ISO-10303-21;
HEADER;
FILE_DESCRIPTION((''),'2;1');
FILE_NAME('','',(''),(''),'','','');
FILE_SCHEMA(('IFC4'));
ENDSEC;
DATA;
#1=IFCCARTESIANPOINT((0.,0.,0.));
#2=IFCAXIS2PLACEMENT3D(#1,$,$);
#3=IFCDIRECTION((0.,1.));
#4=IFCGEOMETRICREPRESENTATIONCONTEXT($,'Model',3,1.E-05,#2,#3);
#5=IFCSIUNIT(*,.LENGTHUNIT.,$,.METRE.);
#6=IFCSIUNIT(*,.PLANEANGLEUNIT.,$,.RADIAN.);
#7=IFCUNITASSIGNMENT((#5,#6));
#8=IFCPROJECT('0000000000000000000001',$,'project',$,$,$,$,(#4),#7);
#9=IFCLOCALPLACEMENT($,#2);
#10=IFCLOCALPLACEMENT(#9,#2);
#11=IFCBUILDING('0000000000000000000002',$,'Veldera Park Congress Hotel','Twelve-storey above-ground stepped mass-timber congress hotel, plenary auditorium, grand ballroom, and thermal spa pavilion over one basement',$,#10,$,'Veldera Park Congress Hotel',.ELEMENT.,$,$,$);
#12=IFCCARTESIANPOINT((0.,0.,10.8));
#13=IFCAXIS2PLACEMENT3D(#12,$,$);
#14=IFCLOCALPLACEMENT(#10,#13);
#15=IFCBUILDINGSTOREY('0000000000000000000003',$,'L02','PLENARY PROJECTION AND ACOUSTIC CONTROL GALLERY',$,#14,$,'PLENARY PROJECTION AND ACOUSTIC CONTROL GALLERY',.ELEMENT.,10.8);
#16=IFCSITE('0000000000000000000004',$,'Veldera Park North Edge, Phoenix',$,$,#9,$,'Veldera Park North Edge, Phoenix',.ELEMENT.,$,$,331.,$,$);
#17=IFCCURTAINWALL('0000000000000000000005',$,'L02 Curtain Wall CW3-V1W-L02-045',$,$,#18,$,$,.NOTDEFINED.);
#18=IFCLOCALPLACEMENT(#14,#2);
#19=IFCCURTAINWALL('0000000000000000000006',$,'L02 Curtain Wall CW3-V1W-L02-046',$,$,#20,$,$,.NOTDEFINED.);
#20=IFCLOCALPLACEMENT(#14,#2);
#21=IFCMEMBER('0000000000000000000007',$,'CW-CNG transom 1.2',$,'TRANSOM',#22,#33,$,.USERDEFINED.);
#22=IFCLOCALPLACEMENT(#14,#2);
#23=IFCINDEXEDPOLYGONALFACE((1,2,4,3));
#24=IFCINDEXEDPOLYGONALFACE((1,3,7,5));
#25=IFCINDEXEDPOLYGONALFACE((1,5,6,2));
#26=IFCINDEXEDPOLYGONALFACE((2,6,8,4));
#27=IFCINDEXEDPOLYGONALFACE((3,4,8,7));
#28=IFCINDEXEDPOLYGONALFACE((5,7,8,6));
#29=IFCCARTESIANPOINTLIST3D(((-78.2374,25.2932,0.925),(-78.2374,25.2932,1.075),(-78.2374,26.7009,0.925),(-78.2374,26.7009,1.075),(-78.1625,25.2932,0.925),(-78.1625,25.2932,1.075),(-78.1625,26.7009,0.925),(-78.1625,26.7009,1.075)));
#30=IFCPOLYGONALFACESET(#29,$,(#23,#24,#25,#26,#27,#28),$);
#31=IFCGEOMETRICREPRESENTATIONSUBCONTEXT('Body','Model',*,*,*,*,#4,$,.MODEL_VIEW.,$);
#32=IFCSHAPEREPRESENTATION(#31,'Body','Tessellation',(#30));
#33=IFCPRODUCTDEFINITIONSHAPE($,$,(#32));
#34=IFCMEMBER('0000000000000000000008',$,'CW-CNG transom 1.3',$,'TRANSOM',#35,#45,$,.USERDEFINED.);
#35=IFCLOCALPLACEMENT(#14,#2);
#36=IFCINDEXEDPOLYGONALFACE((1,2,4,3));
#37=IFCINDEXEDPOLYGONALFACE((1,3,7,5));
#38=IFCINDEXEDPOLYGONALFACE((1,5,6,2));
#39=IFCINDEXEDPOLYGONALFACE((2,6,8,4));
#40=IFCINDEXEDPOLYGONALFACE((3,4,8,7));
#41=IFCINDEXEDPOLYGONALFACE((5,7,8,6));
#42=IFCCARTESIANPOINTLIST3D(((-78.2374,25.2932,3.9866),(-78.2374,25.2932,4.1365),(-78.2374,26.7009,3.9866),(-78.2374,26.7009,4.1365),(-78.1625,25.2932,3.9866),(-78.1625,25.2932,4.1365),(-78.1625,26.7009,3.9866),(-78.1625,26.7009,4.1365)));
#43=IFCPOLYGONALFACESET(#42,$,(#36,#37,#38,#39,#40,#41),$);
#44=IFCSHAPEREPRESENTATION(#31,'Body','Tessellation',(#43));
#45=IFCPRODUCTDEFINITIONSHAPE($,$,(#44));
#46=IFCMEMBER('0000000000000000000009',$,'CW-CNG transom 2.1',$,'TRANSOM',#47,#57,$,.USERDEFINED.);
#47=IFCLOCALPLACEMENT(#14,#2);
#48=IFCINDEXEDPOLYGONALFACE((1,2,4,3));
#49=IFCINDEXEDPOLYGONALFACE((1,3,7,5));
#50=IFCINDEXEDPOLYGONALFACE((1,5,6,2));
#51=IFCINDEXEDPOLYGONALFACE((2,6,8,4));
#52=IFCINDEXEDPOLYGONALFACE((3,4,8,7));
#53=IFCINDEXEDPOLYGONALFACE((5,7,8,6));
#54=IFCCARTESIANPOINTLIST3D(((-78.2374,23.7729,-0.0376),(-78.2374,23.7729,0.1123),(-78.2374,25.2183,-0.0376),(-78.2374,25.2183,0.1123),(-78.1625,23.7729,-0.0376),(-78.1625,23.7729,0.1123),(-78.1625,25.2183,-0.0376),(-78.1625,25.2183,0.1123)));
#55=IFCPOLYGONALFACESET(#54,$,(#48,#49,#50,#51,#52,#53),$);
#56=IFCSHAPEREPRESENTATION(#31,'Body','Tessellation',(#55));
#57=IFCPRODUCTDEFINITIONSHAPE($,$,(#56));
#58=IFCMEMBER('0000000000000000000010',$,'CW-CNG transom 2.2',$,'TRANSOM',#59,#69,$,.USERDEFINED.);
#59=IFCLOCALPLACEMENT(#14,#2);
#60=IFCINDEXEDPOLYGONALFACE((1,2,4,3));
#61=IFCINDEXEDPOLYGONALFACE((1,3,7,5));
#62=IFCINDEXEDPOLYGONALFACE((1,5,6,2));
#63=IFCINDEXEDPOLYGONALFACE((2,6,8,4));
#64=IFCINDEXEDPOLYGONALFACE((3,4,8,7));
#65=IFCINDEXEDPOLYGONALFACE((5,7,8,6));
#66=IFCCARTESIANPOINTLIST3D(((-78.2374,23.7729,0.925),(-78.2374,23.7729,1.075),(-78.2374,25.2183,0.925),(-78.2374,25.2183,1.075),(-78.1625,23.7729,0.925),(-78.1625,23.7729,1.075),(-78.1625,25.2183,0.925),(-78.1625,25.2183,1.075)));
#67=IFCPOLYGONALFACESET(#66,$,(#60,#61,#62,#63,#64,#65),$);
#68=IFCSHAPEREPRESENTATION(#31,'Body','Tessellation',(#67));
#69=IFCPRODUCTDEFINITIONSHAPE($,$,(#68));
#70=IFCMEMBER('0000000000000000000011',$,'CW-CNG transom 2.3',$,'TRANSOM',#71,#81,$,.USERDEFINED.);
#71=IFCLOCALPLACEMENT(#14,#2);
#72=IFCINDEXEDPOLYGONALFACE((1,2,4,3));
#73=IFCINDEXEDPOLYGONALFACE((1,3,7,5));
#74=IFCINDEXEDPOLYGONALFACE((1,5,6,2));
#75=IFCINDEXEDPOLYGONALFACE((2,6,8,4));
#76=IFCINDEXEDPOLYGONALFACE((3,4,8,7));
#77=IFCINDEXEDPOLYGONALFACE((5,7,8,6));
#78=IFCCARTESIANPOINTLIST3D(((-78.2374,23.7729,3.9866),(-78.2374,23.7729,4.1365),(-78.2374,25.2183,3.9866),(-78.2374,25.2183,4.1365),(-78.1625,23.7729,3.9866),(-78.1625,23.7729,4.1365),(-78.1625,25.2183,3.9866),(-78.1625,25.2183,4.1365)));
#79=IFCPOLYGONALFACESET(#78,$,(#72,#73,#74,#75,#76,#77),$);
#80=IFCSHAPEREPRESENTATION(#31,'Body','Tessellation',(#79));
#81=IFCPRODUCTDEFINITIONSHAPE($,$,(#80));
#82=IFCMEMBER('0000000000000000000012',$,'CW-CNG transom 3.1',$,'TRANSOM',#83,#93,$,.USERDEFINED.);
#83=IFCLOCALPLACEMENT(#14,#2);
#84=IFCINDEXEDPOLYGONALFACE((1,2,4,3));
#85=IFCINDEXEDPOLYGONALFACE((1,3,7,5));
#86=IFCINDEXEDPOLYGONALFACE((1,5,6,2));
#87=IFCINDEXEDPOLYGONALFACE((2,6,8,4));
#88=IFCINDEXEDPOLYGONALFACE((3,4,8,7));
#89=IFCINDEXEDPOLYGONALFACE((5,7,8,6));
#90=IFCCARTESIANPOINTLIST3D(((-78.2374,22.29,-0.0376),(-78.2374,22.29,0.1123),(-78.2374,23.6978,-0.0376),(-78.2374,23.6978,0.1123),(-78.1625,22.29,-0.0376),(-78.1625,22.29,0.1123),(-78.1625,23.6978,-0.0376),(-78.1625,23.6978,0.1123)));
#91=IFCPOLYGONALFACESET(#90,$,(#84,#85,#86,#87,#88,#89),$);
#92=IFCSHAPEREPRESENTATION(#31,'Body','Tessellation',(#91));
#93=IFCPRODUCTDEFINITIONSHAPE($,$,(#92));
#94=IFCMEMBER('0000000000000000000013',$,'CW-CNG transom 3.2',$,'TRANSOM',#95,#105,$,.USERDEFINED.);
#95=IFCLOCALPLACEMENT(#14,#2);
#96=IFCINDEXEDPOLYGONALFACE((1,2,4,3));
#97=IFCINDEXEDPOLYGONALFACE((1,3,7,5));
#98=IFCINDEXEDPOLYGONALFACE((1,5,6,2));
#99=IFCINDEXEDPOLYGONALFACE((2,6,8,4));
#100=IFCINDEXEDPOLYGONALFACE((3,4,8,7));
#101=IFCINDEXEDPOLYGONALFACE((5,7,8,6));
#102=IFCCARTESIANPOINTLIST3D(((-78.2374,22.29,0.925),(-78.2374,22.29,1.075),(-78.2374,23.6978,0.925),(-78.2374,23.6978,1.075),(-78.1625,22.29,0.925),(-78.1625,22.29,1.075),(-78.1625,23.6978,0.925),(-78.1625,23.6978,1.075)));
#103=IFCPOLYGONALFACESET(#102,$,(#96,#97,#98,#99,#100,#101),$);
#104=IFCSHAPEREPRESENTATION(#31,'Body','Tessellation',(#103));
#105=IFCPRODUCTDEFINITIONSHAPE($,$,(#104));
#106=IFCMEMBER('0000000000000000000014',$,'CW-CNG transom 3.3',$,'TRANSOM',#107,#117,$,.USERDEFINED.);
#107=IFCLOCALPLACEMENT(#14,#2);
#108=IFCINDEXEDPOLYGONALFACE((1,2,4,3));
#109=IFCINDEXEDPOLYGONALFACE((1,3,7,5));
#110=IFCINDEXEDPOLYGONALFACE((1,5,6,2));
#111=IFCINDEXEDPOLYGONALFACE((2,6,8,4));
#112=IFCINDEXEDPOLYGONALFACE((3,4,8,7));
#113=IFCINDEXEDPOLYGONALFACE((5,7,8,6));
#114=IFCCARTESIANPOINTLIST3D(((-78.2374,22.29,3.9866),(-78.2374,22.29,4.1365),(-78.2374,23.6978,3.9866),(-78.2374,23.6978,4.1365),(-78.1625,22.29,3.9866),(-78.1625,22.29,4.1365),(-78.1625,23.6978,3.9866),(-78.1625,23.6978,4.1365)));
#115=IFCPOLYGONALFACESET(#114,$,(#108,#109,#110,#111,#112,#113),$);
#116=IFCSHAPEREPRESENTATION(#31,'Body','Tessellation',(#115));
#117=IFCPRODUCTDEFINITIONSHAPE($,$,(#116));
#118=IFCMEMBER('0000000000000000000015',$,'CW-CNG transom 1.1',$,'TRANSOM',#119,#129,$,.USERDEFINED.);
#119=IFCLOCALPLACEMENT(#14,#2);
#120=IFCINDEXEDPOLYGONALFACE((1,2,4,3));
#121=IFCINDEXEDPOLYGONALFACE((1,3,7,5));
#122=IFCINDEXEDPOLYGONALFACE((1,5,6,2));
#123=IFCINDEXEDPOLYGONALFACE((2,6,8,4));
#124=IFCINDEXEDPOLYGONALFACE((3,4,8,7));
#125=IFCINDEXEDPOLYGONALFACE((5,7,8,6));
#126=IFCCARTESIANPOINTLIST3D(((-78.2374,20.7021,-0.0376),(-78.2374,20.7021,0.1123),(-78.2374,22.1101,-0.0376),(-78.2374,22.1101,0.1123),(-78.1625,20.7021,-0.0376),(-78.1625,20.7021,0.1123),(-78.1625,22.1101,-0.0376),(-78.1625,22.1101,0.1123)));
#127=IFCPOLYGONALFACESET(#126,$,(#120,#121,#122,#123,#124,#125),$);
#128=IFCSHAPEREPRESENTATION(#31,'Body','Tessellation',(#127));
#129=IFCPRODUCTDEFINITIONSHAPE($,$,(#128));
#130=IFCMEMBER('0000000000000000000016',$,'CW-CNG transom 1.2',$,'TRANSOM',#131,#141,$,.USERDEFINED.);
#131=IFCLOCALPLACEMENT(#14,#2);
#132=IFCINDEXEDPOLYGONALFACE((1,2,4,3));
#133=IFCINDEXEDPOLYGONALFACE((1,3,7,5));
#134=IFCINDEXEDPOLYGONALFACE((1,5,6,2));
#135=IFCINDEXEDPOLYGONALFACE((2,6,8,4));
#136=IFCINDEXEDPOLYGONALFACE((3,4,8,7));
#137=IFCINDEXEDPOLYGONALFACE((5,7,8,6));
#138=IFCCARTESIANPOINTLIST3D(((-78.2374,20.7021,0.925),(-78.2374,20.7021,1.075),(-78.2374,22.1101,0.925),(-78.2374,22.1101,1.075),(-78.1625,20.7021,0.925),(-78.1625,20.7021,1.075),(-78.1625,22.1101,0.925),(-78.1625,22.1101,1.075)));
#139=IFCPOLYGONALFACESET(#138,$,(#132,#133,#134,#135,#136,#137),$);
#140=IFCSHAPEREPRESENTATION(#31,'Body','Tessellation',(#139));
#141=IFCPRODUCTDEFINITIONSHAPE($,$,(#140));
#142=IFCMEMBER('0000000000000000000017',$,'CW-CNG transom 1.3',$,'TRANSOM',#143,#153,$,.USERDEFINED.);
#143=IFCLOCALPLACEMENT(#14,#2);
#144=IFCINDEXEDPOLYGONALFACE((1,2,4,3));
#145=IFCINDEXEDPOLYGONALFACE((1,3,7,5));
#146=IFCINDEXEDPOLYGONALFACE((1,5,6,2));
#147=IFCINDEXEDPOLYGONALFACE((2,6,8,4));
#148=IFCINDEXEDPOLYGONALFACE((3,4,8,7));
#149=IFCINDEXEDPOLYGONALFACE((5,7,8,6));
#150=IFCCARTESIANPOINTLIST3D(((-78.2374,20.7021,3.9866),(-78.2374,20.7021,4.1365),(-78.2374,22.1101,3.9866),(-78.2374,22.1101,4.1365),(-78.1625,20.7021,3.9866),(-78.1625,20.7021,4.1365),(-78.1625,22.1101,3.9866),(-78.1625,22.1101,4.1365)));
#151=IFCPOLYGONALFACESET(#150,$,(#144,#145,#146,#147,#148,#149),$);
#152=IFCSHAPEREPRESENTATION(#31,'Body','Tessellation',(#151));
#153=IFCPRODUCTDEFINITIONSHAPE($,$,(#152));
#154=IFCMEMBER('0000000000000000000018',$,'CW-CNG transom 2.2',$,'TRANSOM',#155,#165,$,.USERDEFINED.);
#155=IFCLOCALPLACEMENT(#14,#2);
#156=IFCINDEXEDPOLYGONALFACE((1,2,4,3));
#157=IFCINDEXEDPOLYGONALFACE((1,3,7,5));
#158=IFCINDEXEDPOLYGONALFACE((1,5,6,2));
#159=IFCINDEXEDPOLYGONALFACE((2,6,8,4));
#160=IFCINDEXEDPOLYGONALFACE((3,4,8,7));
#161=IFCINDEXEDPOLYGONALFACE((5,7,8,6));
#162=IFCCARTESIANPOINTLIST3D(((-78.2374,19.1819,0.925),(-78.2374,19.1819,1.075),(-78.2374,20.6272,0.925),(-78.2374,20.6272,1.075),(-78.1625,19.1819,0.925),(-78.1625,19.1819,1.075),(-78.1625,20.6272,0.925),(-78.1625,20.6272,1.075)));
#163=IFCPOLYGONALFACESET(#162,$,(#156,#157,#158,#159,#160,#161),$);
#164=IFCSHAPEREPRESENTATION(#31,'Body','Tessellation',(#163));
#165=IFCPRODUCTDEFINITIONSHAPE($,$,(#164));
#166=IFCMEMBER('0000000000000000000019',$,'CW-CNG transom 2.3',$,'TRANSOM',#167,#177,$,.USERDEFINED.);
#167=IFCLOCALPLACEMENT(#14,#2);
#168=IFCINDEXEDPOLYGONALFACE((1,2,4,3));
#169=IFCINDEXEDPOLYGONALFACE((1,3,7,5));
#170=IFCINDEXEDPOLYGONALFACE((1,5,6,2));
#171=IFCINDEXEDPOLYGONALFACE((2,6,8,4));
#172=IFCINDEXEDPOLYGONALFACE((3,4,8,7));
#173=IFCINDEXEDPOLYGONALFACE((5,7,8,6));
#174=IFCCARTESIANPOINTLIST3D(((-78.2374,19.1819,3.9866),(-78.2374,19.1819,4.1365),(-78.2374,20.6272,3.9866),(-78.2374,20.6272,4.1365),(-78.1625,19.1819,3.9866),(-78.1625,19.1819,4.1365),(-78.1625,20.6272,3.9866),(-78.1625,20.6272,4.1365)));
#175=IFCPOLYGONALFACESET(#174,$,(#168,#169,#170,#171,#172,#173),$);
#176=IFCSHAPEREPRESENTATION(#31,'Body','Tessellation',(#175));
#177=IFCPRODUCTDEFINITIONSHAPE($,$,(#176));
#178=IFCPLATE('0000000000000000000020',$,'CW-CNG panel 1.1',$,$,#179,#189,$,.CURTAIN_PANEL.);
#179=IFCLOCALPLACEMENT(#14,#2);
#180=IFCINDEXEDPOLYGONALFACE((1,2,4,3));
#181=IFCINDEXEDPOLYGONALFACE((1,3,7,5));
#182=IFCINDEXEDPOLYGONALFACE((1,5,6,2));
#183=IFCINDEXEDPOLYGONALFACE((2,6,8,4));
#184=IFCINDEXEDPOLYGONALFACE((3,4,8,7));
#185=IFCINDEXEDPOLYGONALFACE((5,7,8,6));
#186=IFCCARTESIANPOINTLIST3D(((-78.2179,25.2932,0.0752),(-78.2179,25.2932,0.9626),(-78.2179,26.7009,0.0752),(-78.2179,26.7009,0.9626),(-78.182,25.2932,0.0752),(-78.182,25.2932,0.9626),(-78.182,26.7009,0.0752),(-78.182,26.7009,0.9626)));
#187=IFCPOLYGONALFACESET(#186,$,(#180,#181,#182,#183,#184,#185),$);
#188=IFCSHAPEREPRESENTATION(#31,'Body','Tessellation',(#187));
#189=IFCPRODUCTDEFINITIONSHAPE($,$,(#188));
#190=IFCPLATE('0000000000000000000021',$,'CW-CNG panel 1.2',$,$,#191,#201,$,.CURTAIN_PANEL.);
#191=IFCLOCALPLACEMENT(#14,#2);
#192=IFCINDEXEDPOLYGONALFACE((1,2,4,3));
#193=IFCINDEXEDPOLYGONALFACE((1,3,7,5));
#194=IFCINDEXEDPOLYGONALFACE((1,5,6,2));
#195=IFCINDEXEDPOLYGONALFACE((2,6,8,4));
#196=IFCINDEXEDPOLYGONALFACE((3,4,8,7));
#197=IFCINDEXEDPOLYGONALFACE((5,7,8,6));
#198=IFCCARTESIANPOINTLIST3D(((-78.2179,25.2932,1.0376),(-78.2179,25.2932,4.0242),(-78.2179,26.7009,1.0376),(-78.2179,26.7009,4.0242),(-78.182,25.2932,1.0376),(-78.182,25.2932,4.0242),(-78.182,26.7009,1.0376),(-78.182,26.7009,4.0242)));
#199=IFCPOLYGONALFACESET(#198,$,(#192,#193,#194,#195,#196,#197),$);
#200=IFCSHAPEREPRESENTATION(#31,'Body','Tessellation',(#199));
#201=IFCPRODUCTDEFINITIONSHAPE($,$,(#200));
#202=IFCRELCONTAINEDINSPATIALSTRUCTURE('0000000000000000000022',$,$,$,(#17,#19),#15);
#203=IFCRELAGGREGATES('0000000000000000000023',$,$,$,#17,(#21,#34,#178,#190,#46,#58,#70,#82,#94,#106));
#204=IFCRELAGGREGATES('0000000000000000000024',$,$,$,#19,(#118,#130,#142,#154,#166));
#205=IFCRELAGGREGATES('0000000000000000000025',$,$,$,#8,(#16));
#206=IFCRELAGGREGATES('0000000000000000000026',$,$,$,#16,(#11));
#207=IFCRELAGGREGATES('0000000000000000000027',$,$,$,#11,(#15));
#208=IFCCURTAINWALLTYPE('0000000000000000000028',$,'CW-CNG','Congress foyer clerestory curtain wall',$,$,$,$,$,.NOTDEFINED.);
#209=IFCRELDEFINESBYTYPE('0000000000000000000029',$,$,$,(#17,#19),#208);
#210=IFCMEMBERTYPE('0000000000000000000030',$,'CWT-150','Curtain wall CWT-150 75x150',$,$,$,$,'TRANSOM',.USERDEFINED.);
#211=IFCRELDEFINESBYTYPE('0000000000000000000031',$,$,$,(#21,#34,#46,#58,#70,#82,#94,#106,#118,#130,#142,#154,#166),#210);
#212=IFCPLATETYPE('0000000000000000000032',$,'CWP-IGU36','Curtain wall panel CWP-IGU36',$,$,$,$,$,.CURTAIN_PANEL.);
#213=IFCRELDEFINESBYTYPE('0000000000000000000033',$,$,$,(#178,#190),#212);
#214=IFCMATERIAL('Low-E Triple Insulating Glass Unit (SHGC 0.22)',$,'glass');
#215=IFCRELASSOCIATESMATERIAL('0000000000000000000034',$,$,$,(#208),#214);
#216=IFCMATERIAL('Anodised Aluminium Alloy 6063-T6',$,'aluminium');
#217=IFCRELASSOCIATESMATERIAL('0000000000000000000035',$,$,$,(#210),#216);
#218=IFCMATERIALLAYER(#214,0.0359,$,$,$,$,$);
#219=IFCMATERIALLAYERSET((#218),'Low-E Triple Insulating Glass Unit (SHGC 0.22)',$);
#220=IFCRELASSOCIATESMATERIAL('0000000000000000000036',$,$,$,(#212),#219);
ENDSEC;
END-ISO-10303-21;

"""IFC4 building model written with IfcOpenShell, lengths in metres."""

from ifc_helpers import new_model, si_unit, direction, frame, origin, origin_2d, place, context, subcontext, project, spatial, rectangle, extrude, material, layer, layer_set, material_profile, profile_set, type_object, element, aggregate, save


model = new_model("IFC4")

# Units and contexts
model_context = context("Model", 3, precision=1e-05, world=origin(), true_north=direction((0.0, 1.0)))
body_context = subcontext(model_context, "Body", "Model", "MODEL_VIEW")
ifc_project = project(units=[si_unit("LENGTHUNIT", "METRE"), si_unit("PLANEANGLEUNIT", "RADIAN")], contexts=[model_context])

# Site, building, storey
site_placement = place(None, origin())
site = spatial("IfcSite", under=ifc_project, at=site_placement, Name="Veldera Park North Edge, Phoenix", LongName="Veldera Park North Edge, Phoenix", CompositionType="ELEMENT", RefElevation=331.0)
building_placement = place(site_placement, origin())
building = spatial("IfcBuilding", under=site, at=building_placement, Name="Veldera Park Congress Hotel", Description="Twelve-storey above-ground stepped mass-timber congress hotel, plenary auditorium, grand ballroom, and thermal spa pavilion over one basement", LongName="Veldera Park Congress Hotel", CompositionType="ELEMENT")
storey_placement = place(building_placement, frame((0.0, 0.0, 10.8)))
storey = spatial("IfcBuildingStorey", under=building, at=storey_placement, Name="L02", Description="PLENARY PROJECTION AND ACOUSTIC CONTROL GALLERY", LongName="PLENARY PROJECTION AND ACOUSTIC CONTROL GALLERY", CompositionType="ELEMENT", Elevation=10.8)

# Curtain walls
ifc_material_1 = material(Name="Low-E Triple Insulating Glass Unit (SHGC 0.22)", Category="glass")
curtain_wall_type = type_object("IfcCurtainWallType", Name="CW-CNG", Description="Congress foyer clerestory curtain wall", PredefinedType="NOTDEFINED", material=ifc_material_1)
curtain_wall_1_placement = place(storey_placement, origin())
curtain_wall_1 = element("IfcCurtainWall", 1, at=curtain_wall_1_placement, inside=storey, type_object=curtain_wall_type, Name="L02 Curtain Wall CW3-V1W-L02-045", PredefinedType="NOTDEFINED")
ifc_material_2 = material(Name="Anodised Aluminium Alloy 6063-T6", Category="aluminium")
curtain_wall_2_placement = place(storey_placement, origin())
curtain_wall_2 = element("IfcCurtainWall", 2, at=curtain_wall_2_placement, inside=storey, type_object=curtain_wall_type, Name="L02 Curtain Wall CW3-V1W-L02-046", PredefinedType="NOTDEFINED")

# Members
ifc_material_profile_1 = material_profile(ifc_material_2, rectangle(XDim=0.075, YDim=0.1499, at=origin_2d()), Name="ALU 75x150")
ifc_profile_set_1 = profile_set([ifc_material_profile_1], Name="Anodised Aluminium Alloy 6063-T6")
member_type_1 = type_object("IfcMemberType", Name="CWT-150", Description="Curtain wall CWT-150 75x150", ElementType="TRANSOM", PredefinedType="USERDEFINED", material=ifc_profile_set_1)
member_1_placement = place(storey_placement, frame((-78.2, 26.7009, 1.0), z_axis=(0.0, -1.0, 0.0), x_axis=(1.0, 0.0, 0.0)))
member_1 = element("IfcMember", 3, at=member_1_placement, type_object=member_type_1, Name="CW-CNG transom 1.2", ObjectType="TRANSOM", PredefinedType="USERDEFINED", context=body_context, shape_type="SweptSolid", body=[
    extrude(rectangle(XDim=0.075, YDim=0.1499, at=origin_2d()), origin(), (0.0, 0.0, 1.0), 1.4077),
])
member_2_placement = place(storey_placement, frame((-78.2, 26.7009, 4.0615), z_axis=(0.0, -1.0, 0.0), x_axis=(1.0, 0.0, 0.0)))
member_2 = element("IfcMember", 4, at=member_2_placement, type_object=member_type_1, Name="CW-CNG transom 1.3", ObjectType="TRANSOM", PredefinedType="USERDEFINED", context=body_context, shape_type="SweptSolid", body=[
    extrude(rectangle(XDim=0.075, YDim=0.1499, at=origin_2d()), origin(), (0.0, 0.0, 1.0), 1.4077),
])
member_3_placement = place(storey_placement, frame((-78.2, 25.2183, 0.0374), z_axis=(0.0, -1.0, 0.0), x_axis=(1.0, 0.0, 0.0)))
member_3 = element("IfcMember", 5, at=member_3_placement, type_object=member_type_1, Name="CW-CNG transom 2.1", ObjectType="TRANSOM", PredefinedType="USERDEFINED", context=body_context, shape_type="SweptSolid", body=[
    extrude(rectangle(XDim=0.075, YDim=0.1499, at=origin_2d()), origin(), (0.0, 0.0, 1.0), 1.4453),
])
member_4_placement = place(storey_placement, frame((-78.2, 25.2183, 1.0), z_axis=(0.0, -1.0, 0.0), x_axis=(1.0, 0.0, 0.0)))
member_4 = element("IfcMember", 6, at=member_4_placement, type_object=member_type_1, Name="CW-CNG transom 2.2", ObjectType="TRANSOM", PredefinedType="USERDEFINED", context=body_context, shape_type="SweptSolid", body=[
    extrude(rectangle(XDim=0.075, YDim=0.1499, at=origin_2d()), origin(), (0.0, 0.0, 1.0), 1.4453),
])
member_5_placement = place(storey_placement, frame((-78.2, 25.2183, 4.0615), z_axis=(0.0, -1.0, 0.0), x_axis=(1.0, 0.0, 0.0)))
member_5 = element("IfcMember", 7, at=member_5_placement, type_object=member_type_1, Name="CW-CNG transom 2.3", ObjectType="TRANSOM", PredefinedType="USERDEFINED", context=body_context, shape_type="SweptSolid", body=[
    extrude(rectangle(XDim=0.075, YDim=0.1499, at=origin_2d()), origin(), (0.0, 0.0, 1.0), 1.4453),
])
member_6_placement = place(storey_placement, frame((-78.2, 23.6978, 0.0374), z_axis=(0.0, -1.0, 0.0), x_axis=(1.0, 0.0, 0.0)))
member_6 = element("IfcMember", 8, at=member_6_placement, type_object=member_type_1, Name="CW-CNG transom 3.1", ObjectType="TRANSOM", PredefinedType="USERDEFINED", context=body_context, shape_type="SweptSolid", body=[
    extrude(rectangle(XDim=0.075, YDim=0.1499, at=origin_2d()), origin(), (0.0, 0.0, 1.0), 1.4077),
])
member_7_placement = place(storey_placement, frame((-78.2, 23.6978, 1.0), z_axis=(0.0, -1.0, 0.0), x_axis=(1.0, 0.0, 0.0)))
member_7 = element("IfcMember", 9, at=member_7_placement, type_object=member_type_1, Name="CW-CNG transom 3.2", ObjectType="TRANSOM", PredefinedType="USERDEFINED", context=body_context, shape_type="SweptSolid", body=[
    extrude(rectangle(XDim=0.075, YDim=0.1499, at=origin_2d()), origin(), (0.0, 0.0, 1.0), 1.4077),
])
member_8_placement = place(storey_placement, frame((-78.2, 23.6978, 4.0615), z_axis=(0.0, -1.0, 0.0), x_axis=(1.0, 0.0, 0.0)))
member_8 = element("IfcMember", 10, at=member_8_placement, type_object=member_type_1, Name="CW-CNG transom 3.3", ObjectType="TRANSOM", PredefinedType="USERDEFINED", context=body_context, shape_type="SweptSolid", body=[
    extrude(rectangle(XDim=0.075, YDim=0.1499, at=origin_2d()), origin(), (0.0, 0.0, 1.0), 1.4077),
])
member_9_placement = place(storey_placement, frame((-78.2, 22.1101, 0.0374), z_axis=(0.0, -1.0, 0.0), x_axis=(1.0, 0.0, 0.0)))
member_9 = element("IfcMember", 11, at=member_9_placement, type_object=member_type_1, Name="CW-CNG transom 1.1", ObjectType="TRANSOM", PredefinedType="USERDEFINED", context=body_context, shape_type="SweptSolid", body=[
    extrude(rectangle(XDim=0.075, YDim=0.1499, at=origin_2d()), origin(), (0.0, 0.0, 1.0), 1.408),
])
member_10_placement = place(storey_placement, frame((-78.2, 22.1101, 1.0), z_axis=(0.0, -1.0, 0.0), x_axis=(1.0, 0.0, 0.0)))
member_10 = element("IfcMember", 12, at=member_10_placement, type_object=member_type_1, Name="CW-CNG transom 1.2", ObjectType="TRANSOM", PredefinedType="USERDEFINED", context=body_context, shape_type="SweptSolid", body=[
    extrude(rectangle(XDim=0.075, YDim=0.1499, at=origin_2d()), origin(), (0.0, 0.0, 1.0), 1.408),
])
member_11_placement = place(storey_placement, frame((-78.2, 22.1101, 4.0615), z_axis=(0.0, -1.0, 0.0), x_axis=(1.0, 0.0, 0.0)))
member_11 = element("IfcMember", 13, at=member_11_placement, type_object=member_type_1, Name="CW-CNG transom 1.3", ObjectType="TRANSOM", PredefinedType="USERDEFINED", context=body_context, shape_type="SweptSolid", body=[
    extrude(rectangle(XDim=0.075, YDim=0.1499, at=origin_2d()), origin(), (0.0, 0.0, 1.0), 1.408),
])
member_12_placement = place(storey_placement, frame((-78.2, 20.6272, 1.0), z_axis=(0.0, -1.0, 0.0), x_axis=(1.0, 0.0, 0.0)))
member_12 = element("IfcMember", 14, at=member_12_placement, type_object=member_type_1, Name="CW-CNG transom 2.2", ObjectType="TRANSOM", PredefinedType="USERDEFINED", context=body_context, shape_type="SweptSolid", body=[
    extrude(rectangle(XDim=0.075, YDim=0.1499, at=origin_2d()), origin(), (0.0, 0.0, 1.0), 1.4453),
])
member_13_placement = place(storey_placement, frame((-78.2, 20.6272, 4.0615), z_axis=(0.0, -1.0, 0.0), x_axis=(1.0, 0.0, 0.0)))
member_13 = element("IfcMember", 15, at=member_13_placement, type_object=member_type_1, Name="CW-CNG transom 2.3", ObjectType="TRANSOM", PredefinedType="USERDEFINED", context=body_context, shape_type="SweptSolid", body=[
    extrude(rectangle(XDim=0.075, YDim=0.1499, at=origin_2d()), origin(), (0.0, 0.0, 1.0), 1.4453),
])

# Plates
ifc_layer = layer(ifc_material_1, 0.0359)
ifc_layer_set = layer_set([ifc_layer], Name="Low-E Triple Insulating Glass Unit (SHGC 0.22)")
plate_type = type_object("IfcPlateType", Name="CWP-IGU36", Description="Curtain wall panel CWP-IGU36", PredefinedType="CURTAIN_PANEL", material=ifc_layer_set)
plate_1_placement = place(storey_placement, frame((-78.2, 25.9971, 0.0752), z_axis=(0.0, 0.0, 1.0), x_axis=(0.0, -1.0, 0.0)))
plate_1 = element("IfcPlate", 16, at=plate_1_placement, type_object=plate_type, Name="CW-CNG panel 1.1", PredefinedType="CURTAIN_PANEL", context=body_context, shape_type="SweptSolid", body=[
    extrude(rectangle(XDim=1.4077, YDim=0.0359, at=origin_2d()), origin(), (0.0, 0.0, 1.0), 0.8875),
])
plate_2_placement = place(storey_placement, frame((-78.2, 25.9971, 1.0376), z_axis=(0.0, 0.0, 1.0), x_axis=(0.0, -1.0, 0.0)))
plate_2 = element("IfcPlate", 17, at=plate_2_placement, type_object=plate_type, Name="CW-CNG panel 1.2", PredefinedType="CURTAIN_PANEL", context=body_context, shape_type="SweptSolid", body=[
    extrude(rectangle(XDim=1.4077, YDim=0.0359, at=origin_2d()), origin(), (0.0, 0.0, 1.0), 2.9866),
])
aggregate(curtain_wall_1, [member_1, member_2, plate_1, plate_2, member_3, member_4, member_5, member_6, member_7, member_8])
aggregate(curtain_wall_2, [member_9, member_10, member_11, member_12, member_13])

save(model, "model.ifc")
